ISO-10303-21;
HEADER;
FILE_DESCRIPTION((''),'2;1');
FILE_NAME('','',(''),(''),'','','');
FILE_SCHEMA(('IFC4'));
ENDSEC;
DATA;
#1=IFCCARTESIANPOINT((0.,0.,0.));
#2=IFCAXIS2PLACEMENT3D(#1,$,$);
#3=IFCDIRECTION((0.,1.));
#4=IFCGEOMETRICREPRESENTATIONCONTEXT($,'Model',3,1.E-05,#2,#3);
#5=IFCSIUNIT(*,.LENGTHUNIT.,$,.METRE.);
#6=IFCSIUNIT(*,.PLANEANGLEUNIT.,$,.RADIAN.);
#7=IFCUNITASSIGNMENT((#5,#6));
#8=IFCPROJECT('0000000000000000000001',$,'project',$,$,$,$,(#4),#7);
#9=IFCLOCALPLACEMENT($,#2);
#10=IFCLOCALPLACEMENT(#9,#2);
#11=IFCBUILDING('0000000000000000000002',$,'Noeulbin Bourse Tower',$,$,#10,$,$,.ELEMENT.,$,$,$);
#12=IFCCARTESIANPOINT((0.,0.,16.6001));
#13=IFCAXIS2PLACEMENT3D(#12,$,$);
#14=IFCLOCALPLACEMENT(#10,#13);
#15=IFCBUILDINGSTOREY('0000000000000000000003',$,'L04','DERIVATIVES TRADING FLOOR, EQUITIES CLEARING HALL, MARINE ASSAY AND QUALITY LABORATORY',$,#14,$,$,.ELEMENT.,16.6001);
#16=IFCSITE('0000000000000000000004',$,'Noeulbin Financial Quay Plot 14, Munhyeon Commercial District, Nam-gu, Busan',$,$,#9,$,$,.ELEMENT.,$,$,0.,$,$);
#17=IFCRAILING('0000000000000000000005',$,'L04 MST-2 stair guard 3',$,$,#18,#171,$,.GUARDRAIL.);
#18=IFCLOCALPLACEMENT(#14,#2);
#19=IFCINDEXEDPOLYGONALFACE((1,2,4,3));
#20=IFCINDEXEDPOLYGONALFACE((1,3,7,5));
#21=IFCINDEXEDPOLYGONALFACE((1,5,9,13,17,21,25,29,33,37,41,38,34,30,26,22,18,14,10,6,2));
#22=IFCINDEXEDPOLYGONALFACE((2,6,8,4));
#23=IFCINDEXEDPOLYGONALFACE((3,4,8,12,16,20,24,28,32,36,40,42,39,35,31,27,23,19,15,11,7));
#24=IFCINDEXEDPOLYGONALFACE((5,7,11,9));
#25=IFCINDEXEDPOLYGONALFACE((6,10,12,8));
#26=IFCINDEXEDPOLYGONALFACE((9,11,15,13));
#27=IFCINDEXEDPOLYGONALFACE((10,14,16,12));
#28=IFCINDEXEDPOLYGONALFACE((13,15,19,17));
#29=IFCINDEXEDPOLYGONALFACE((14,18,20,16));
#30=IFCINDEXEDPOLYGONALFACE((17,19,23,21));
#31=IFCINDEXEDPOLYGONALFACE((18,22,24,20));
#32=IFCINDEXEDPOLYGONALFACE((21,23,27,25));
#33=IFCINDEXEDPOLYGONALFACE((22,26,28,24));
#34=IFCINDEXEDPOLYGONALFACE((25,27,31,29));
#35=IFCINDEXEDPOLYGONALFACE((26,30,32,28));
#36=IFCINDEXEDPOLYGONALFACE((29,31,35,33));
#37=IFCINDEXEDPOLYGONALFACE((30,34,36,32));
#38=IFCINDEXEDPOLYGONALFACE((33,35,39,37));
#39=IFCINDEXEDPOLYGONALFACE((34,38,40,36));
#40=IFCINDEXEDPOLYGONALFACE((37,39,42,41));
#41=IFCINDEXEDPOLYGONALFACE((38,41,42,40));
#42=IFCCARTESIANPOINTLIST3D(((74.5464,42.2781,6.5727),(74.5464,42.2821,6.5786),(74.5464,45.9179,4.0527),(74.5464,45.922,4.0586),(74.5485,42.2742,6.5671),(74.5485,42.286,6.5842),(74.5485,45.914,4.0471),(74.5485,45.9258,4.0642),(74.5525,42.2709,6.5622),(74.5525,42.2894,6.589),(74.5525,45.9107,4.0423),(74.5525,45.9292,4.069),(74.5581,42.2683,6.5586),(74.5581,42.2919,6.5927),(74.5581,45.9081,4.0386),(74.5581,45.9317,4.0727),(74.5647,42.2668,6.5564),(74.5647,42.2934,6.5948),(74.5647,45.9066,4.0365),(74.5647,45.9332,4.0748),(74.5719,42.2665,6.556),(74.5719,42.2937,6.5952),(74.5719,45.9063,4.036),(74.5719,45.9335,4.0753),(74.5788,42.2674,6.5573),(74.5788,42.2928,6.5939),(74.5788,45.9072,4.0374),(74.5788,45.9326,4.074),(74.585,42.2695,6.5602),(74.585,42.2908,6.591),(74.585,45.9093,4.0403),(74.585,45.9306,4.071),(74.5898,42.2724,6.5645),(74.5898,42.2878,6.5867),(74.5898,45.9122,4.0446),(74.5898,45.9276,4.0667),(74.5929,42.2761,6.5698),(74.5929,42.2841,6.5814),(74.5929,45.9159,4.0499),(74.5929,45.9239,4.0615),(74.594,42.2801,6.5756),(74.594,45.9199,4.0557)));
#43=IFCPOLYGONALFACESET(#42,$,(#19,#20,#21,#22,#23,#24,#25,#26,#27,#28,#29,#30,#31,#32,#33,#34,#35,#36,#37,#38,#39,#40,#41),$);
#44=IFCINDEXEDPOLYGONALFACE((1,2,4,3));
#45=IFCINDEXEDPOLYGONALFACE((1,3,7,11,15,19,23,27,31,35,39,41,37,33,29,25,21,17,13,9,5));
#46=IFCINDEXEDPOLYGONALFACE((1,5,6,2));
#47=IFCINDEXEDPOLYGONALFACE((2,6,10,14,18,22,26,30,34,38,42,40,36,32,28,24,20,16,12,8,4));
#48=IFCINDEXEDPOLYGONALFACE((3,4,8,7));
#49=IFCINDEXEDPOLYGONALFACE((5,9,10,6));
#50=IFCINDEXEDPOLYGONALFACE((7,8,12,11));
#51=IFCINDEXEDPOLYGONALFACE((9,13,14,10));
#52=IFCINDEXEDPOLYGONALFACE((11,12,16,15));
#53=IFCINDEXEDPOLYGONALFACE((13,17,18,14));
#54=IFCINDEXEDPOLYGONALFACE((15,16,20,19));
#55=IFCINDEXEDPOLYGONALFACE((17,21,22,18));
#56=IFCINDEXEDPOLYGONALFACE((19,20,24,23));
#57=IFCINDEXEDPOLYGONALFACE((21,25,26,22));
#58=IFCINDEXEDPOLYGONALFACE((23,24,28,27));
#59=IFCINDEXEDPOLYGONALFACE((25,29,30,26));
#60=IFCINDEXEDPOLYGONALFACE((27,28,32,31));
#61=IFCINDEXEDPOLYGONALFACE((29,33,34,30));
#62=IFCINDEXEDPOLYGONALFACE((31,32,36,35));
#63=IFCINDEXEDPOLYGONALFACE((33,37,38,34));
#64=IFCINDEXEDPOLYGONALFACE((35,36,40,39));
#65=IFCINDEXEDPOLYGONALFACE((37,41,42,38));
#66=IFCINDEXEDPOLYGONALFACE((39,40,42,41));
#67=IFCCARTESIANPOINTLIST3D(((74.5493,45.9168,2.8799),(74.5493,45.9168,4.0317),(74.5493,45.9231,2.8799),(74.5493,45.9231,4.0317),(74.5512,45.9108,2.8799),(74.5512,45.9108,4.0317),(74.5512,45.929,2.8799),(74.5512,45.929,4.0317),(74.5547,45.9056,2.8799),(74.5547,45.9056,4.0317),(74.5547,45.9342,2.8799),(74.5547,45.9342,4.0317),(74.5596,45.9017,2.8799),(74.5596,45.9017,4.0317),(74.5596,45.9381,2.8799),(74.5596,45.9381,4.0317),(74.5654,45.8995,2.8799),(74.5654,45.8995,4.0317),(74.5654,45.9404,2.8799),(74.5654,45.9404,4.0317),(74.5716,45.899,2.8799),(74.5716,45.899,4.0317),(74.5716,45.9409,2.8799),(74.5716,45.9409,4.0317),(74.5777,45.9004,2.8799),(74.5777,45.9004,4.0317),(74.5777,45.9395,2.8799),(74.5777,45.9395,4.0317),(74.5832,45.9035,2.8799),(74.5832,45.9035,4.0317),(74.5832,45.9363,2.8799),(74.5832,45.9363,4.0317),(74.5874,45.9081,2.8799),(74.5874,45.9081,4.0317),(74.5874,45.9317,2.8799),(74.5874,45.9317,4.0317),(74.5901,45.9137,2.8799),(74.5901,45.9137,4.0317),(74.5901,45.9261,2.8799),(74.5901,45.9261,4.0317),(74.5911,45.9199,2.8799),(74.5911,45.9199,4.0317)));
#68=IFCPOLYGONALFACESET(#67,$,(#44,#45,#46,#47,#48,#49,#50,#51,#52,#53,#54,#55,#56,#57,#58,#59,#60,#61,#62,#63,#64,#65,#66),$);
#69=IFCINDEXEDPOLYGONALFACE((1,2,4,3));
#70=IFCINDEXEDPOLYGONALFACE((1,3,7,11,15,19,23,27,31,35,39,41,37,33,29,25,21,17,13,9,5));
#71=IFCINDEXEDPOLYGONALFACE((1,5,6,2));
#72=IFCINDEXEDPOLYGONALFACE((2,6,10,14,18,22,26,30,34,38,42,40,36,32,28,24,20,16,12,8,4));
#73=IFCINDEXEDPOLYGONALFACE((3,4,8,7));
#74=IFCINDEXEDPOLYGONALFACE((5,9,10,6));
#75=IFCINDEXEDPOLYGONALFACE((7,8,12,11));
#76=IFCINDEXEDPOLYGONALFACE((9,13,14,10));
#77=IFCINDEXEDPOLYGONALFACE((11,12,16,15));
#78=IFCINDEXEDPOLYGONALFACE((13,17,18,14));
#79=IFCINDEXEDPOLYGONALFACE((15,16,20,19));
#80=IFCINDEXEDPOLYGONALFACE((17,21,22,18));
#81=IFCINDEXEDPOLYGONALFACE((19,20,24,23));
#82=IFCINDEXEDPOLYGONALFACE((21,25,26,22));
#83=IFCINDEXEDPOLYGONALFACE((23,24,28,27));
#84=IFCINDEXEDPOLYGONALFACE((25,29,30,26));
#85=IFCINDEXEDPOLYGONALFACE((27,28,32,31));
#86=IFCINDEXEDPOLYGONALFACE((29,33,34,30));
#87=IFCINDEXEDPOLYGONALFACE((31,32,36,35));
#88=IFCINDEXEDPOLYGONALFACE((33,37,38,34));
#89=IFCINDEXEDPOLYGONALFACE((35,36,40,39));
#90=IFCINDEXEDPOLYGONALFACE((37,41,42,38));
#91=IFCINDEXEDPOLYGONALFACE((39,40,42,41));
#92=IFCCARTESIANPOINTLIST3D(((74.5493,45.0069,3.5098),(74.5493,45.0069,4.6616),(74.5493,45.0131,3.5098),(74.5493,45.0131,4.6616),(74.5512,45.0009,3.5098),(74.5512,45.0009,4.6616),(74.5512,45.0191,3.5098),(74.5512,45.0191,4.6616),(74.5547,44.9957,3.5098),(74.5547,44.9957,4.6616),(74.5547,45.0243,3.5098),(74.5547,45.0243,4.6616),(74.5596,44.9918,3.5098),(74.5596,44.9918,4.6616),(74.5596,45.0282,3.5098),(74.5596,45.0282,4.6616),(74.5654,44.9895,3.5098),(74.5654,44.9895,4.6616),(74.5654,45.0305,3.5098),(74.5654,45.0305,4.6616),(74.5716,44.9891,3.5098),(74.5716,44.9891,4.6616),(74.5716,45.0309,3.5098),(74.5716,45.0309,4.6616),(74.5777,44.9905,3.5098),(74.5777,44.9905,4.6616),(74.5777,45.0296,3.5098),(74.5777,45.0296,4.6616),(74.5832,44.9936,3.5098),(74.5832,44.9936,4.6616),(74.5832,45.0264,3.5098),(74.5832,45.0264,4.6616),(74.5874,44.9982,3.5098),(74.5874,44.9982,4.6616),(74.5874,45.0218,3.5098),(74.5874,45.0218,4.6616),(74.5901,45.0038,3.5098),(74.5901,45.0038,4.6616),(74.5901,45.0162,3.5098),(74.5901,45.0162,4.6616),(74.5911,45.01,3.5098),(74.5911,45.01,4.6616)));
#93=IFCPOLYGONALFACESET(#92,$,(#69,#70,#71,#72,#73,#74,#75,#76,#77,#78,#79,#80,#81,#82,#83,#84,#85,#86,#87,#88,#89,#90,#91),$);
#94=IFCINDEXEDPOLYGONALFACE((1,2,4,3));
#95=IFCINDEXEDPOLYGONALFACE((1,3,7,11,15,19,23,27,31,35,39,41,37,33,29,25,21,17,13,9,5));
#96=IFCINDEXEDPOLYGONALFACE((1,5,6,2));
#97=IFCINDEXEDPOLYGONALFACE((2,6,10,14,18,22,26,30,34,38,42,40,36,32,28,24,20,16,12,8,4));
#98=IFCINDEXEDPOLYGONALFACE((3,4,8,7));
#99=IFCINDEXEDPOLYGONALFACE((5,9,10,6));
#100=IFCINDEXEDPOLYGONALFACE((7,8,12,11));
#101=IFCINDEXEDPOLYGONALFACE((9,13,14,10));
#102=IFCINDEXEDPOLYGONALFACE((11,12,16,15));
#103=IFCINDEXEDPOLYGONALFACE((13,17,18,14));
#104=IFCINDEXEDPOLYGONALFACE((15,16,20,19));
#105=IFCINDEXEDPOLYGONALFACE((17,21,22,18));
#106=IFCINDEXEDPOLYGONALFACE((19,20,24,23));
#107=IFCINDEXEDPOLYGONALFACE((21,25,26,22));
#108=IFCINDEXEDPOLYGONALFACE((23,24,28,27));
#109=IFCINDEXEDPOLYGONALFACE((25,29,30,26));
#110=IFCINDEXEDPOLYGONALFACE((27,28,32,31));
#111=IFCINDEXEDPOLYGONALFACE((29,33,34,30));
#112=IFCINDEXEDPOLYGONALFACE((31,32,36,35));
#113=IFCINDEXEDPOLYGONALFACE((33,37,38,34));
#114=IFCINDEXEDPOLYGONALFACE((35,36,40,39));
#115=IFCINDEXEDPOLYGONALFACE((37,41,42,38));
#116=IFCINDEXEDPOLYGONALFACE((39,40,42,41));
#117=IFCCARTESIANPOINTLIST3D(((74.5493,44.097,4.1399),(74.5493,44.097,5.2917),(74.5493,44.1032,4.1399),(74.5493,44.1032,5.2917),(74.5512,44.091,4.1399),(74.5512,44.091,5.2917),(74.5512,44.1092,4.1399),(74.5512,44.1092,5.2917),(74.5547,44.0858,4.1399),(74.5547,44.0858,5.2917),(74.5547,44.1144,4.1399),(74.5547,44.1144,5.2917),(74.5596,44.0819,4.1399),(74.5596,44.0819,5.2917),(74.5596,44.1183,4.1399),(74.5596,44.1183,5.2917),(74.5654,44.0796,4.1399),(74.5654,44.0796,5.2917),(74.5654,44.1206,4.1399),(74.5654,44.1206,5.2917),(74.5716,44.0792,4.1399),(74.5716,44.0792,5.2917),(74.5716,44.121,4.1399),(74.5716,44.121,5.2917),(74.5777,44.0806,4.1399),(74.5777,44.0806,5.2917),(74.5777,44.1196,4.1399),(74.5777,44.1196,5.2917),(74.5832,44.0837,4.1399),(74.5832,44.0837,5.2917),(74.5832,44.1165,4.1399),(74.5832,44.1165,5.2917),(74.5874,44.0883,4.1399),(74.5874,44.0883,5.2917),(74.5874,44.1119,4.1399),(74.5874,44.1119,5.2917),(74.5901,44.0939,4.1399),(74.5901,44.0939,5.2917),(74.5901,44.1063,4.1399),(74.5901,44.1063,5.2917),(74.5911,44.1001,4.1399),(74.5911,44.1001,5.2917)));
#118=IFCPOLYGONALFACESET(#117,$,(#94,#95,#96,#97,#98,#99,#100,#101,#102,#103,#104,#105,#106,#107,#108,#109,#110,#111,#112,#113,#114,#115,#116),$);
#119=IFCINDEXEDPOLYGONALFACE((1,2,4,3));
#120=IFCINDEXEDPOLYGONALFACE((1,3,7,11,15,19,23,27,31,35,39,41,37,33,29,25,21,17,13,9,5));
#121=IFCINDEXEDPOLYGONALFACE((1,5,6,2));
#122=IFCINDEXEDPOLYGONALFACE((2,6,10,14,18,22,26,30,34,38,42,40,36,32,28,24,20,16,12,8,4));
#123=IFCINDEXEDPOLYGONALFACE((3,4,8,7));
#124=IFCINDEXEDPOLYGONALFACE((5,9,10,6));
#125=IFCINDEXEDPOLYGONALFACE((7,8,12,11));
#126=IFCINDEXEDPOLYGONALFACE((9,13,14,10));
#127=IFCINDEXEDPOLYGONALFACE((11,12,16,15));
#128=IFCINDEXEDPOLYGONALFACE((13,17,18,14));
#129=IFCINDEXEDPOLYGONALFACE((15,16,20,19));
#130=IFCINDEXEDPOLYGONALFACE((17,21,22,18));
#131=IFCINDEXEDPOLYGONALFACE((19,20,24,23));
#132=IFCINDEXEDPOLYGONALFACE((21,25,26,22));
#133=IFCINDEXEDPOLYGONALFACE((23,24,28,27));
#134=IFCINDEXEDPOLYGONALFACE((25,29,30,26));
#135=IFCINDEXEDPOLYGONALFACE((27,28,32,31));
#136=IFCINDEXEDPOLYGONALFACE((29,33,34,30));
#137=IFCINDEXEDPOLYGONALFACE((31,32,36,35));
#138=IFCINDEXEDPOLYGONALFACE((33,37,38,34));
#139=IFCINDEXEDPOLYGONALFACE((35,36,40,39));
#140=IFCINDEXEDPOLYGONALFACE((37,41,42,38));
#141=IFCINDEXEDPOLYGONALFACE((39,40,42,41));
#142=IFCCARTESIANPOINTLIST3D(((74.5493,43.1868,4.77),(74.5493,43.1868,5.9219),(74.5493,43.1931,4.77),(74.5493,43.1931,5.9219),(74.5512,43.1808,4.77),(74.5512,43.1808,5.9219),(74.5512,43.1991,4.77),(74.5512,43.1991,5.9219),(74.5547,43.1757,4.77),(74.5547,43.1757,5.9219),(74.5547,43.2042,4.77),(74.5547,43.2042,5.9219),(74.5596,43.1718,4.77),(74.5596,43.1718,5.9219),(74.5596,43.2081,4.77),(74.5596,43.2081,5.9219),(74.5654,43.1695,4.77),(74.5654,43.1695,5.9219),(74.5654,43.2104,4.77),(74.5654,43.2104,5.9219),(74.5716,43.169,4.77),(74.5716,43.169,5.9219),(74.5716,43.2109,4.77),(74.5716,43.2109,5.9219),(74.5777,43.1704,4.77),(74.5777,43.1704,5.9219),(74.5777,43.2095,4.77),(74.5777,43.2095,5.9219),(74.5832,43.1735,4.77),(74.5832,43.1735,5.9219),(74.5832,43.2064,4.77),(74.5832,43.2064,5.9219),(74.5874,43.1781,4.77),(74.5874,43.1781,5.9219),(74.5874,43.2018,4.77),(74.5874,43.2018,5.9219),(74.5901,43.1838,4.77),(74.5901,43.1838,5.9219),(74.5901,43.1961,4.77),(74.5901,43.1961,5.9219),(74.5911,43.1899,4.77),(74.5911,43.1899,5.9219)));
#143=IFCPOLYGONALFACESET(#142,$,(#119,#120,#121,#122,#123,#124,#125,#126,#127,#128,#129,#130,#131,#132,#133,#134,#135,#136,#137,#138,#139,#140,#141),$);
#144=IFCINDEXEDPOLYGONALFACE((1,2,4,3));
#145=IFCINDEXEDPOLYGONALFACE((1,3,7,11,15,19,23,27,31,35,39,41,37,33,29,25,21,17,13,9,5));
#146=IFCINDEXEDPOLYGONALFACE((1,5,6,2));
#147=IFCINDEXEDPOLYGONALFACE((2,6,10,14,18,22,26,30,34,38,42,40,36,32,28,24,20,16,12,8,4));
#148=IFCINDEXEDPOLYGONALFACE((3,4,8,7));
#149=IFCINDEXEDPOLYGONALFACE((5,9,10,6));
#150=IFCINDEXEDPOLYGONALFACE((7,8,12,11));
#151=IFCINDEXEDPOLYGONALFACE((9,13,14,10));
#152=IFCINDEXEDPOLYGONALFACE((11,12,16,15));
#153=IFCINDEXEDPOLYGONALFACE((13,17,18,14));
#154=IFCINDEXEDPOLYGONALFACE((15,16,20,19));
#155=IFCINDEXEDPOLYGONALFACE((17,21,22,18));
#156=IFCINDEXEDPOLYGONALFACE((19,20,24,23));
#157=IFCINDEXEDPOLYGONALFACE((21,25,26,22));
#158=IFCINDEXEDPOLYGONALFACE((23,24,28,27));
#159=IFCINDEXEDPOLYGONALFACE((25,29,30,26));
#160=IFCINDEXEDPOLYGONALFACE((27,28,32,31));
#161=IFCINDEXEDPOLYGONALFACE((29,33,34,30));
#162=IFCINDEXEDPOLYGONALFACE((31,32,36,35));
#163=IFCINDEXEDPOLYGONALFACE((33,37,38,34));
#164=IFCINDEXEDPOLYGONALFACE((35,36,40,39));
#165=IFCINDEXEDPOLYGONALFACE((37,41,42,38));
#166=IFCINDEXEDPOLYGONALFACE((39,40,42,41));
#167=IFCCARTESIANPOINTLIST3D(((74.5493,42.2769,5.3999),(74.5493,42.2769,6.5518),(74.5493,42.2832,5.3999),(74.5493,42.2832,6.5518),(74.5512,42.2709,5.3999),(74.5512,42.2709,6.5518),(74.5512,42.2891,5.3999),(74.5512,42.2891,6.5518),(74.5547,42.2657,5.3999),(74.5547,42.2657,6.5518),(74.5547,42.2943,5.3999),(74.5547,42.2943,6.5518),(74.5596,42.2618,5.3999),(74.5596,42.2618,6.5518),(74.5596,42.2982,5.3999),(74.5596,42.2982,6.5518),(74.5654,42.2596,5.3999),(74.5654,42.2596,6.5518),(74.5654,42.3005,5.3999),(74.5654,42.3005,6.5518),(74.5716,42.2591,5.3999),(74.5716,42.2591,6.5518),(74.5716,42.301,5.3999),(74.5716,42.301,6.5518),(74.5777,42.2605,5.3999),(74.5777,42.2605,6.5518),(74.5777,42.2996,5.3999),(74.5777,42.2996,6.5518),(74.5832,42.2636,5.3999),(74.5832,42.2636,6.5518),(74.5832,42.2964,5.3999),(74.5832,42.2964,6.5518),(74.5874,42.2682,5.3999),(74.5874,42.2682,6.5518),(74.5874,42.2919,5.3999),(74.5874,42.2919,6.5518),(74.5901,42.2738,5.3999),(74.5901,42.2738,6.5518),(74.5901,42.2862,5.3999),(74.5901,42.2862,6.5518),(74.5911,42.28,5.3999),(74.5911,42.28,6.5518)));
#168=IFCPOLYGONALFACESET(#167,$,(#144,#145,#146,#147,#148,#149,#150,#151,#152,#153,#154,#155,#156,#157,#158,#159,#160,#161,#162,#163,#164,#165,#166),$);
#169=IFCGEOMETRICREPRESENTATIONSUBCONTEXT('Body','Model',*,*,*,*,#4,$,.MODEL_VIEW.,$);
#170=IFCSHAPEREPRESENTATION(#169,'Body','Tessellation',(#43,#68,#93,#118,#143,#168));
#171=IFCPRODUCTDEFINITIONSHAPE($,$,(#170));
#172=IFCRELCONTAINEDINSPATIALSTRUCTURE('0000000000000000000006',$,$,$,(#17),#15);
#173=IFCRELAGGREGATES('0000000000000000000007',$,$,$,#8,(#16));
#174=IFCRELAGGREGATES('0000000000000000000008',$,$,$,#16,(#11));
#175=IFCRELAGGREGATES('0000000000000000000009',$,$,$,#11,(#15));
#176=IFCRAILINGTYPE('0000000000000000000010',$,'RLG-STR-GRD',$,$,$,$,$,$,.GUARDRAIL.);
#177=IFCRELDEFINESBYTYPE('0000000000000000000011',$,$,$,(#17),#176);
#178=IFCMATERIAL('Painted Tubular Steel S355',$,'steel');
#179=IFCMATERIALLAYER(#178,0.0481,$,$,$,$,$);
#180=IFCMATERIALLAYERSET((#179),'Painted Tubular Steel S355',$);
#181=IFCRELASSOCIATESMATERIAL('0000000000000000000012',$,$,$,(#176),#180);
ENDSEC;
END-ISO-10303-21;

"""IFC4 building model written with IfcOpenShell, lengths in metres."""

from ifc_helpers import new_model, si_unit, direction, frame, origin, origin_2d, place, context, subcontext, project, spatial, circle, extrude, material, layer, layer_set, type_object, element, save


model = new_model("IFC4")

# Units and contexts
model_context = context("Model", 3, precision=1e-05, world=origin(), true_north=direction((0.0, 1.0)))
body_context = subcontext(model_context, "Body", "Model", "MODEL_VIEW")
ifc_project = project(units=[si_unit("LENGTHUNIT", "METRE"), si_unit("PLANEANGLEUNIT", "RADIAN")], contexts=[model_context])

# Site, building, storey
site_placement = place(None, origin())
site = spatial("IfcSite", under=ifc_project, at=site_placement, Name="Noeulbin Financial Quay Plot 14, Munhyeon Commercial District, Nam-gu, Busan", CompositionType="ELEMENT", RefElevation=0.0)
building_placement = place(site_placement, origin())
building = spatial("IfcBuilding", under=site, at=building_placement, Name="Noeulbin Bourse Tower", CompositionType="ELEMENT")
storey_placement = place(building_placement, frame((0.0, 0.0, 16.6001)))
storey = spatial("IfcBuildingStorey", under=building, at=storey_placement, Name="L04", Description="DERIVATIVES TRADING FLOOR, EQUITIES CLEARING HALL, MARINE ASSAY AND QUALITY LABORATORY", CompositionType="ELEMENT", Elevation=16.6001)

# Railing
ifc_material_1 = material(Name="Painted Tubular Steel S355", Category="steel")
ifc_layer_1 = layer(ifc_material_1, 0.0481)
ifc_layer_set_1 = layer_set([ifc_layer_1], Name="Painted Tubular Steel S355")
railing_type_1 = type_object("IfcRailingType", Name="RLG-STR-GRD", PredefinedType="GUARDRAIL", material=ifc_layer_set_1)
railing_1_placement = place(storey_placement, frame((74.5701, 45.9199, 2.8799)))
element("IfcRailing", 1, at=railing_1_placement, inside=storey, type_object=railing_type_1, Name="L04 MST-2 stair guard 3", PredefinedType="GUARDRAIL", context=body_context, shape_type="SweptSolid", body=[
    extrude(circle(Radius=0.0239, at=origin_2d()), frame((0.0, 0.0, 1.1758), z_axis=(0.0, -0.822182, 0.569224), x_axis=(1.0, 0.0, 0.0)), (0.0, 0.0, 1.0), 4.427),
    extrude(circle(Radius=0.021, at=origin_2d()), origin(), (0.0, 0.0, 1.0), 1.1519),
    extrude(circle(Radius=0.021, at=origin_2d()), frame((0.0, -0.9099, 0.6299)), (0.0, 0.0, 1.0), 1.1519),
    extrude(circle(Radius=0.021, at=origin_2d()), frame((0.0, -1.8198, 1.26)), (0.0, 0.0, 1.0), 1.1519),
    extrude(circle(Radius=0.021, at=origin_2d()), frame((0.0, -2.73, 1.8901)), (0.0, 0.0, 1.0), 1.1519),
    extrude(circle(Radius=0.021, at=origin_2d()), frame((0.0, -3.6399, 2.52)), (0.0, 0.0, 1.0), 1.1519),
])

save(model, "model.ifc")
